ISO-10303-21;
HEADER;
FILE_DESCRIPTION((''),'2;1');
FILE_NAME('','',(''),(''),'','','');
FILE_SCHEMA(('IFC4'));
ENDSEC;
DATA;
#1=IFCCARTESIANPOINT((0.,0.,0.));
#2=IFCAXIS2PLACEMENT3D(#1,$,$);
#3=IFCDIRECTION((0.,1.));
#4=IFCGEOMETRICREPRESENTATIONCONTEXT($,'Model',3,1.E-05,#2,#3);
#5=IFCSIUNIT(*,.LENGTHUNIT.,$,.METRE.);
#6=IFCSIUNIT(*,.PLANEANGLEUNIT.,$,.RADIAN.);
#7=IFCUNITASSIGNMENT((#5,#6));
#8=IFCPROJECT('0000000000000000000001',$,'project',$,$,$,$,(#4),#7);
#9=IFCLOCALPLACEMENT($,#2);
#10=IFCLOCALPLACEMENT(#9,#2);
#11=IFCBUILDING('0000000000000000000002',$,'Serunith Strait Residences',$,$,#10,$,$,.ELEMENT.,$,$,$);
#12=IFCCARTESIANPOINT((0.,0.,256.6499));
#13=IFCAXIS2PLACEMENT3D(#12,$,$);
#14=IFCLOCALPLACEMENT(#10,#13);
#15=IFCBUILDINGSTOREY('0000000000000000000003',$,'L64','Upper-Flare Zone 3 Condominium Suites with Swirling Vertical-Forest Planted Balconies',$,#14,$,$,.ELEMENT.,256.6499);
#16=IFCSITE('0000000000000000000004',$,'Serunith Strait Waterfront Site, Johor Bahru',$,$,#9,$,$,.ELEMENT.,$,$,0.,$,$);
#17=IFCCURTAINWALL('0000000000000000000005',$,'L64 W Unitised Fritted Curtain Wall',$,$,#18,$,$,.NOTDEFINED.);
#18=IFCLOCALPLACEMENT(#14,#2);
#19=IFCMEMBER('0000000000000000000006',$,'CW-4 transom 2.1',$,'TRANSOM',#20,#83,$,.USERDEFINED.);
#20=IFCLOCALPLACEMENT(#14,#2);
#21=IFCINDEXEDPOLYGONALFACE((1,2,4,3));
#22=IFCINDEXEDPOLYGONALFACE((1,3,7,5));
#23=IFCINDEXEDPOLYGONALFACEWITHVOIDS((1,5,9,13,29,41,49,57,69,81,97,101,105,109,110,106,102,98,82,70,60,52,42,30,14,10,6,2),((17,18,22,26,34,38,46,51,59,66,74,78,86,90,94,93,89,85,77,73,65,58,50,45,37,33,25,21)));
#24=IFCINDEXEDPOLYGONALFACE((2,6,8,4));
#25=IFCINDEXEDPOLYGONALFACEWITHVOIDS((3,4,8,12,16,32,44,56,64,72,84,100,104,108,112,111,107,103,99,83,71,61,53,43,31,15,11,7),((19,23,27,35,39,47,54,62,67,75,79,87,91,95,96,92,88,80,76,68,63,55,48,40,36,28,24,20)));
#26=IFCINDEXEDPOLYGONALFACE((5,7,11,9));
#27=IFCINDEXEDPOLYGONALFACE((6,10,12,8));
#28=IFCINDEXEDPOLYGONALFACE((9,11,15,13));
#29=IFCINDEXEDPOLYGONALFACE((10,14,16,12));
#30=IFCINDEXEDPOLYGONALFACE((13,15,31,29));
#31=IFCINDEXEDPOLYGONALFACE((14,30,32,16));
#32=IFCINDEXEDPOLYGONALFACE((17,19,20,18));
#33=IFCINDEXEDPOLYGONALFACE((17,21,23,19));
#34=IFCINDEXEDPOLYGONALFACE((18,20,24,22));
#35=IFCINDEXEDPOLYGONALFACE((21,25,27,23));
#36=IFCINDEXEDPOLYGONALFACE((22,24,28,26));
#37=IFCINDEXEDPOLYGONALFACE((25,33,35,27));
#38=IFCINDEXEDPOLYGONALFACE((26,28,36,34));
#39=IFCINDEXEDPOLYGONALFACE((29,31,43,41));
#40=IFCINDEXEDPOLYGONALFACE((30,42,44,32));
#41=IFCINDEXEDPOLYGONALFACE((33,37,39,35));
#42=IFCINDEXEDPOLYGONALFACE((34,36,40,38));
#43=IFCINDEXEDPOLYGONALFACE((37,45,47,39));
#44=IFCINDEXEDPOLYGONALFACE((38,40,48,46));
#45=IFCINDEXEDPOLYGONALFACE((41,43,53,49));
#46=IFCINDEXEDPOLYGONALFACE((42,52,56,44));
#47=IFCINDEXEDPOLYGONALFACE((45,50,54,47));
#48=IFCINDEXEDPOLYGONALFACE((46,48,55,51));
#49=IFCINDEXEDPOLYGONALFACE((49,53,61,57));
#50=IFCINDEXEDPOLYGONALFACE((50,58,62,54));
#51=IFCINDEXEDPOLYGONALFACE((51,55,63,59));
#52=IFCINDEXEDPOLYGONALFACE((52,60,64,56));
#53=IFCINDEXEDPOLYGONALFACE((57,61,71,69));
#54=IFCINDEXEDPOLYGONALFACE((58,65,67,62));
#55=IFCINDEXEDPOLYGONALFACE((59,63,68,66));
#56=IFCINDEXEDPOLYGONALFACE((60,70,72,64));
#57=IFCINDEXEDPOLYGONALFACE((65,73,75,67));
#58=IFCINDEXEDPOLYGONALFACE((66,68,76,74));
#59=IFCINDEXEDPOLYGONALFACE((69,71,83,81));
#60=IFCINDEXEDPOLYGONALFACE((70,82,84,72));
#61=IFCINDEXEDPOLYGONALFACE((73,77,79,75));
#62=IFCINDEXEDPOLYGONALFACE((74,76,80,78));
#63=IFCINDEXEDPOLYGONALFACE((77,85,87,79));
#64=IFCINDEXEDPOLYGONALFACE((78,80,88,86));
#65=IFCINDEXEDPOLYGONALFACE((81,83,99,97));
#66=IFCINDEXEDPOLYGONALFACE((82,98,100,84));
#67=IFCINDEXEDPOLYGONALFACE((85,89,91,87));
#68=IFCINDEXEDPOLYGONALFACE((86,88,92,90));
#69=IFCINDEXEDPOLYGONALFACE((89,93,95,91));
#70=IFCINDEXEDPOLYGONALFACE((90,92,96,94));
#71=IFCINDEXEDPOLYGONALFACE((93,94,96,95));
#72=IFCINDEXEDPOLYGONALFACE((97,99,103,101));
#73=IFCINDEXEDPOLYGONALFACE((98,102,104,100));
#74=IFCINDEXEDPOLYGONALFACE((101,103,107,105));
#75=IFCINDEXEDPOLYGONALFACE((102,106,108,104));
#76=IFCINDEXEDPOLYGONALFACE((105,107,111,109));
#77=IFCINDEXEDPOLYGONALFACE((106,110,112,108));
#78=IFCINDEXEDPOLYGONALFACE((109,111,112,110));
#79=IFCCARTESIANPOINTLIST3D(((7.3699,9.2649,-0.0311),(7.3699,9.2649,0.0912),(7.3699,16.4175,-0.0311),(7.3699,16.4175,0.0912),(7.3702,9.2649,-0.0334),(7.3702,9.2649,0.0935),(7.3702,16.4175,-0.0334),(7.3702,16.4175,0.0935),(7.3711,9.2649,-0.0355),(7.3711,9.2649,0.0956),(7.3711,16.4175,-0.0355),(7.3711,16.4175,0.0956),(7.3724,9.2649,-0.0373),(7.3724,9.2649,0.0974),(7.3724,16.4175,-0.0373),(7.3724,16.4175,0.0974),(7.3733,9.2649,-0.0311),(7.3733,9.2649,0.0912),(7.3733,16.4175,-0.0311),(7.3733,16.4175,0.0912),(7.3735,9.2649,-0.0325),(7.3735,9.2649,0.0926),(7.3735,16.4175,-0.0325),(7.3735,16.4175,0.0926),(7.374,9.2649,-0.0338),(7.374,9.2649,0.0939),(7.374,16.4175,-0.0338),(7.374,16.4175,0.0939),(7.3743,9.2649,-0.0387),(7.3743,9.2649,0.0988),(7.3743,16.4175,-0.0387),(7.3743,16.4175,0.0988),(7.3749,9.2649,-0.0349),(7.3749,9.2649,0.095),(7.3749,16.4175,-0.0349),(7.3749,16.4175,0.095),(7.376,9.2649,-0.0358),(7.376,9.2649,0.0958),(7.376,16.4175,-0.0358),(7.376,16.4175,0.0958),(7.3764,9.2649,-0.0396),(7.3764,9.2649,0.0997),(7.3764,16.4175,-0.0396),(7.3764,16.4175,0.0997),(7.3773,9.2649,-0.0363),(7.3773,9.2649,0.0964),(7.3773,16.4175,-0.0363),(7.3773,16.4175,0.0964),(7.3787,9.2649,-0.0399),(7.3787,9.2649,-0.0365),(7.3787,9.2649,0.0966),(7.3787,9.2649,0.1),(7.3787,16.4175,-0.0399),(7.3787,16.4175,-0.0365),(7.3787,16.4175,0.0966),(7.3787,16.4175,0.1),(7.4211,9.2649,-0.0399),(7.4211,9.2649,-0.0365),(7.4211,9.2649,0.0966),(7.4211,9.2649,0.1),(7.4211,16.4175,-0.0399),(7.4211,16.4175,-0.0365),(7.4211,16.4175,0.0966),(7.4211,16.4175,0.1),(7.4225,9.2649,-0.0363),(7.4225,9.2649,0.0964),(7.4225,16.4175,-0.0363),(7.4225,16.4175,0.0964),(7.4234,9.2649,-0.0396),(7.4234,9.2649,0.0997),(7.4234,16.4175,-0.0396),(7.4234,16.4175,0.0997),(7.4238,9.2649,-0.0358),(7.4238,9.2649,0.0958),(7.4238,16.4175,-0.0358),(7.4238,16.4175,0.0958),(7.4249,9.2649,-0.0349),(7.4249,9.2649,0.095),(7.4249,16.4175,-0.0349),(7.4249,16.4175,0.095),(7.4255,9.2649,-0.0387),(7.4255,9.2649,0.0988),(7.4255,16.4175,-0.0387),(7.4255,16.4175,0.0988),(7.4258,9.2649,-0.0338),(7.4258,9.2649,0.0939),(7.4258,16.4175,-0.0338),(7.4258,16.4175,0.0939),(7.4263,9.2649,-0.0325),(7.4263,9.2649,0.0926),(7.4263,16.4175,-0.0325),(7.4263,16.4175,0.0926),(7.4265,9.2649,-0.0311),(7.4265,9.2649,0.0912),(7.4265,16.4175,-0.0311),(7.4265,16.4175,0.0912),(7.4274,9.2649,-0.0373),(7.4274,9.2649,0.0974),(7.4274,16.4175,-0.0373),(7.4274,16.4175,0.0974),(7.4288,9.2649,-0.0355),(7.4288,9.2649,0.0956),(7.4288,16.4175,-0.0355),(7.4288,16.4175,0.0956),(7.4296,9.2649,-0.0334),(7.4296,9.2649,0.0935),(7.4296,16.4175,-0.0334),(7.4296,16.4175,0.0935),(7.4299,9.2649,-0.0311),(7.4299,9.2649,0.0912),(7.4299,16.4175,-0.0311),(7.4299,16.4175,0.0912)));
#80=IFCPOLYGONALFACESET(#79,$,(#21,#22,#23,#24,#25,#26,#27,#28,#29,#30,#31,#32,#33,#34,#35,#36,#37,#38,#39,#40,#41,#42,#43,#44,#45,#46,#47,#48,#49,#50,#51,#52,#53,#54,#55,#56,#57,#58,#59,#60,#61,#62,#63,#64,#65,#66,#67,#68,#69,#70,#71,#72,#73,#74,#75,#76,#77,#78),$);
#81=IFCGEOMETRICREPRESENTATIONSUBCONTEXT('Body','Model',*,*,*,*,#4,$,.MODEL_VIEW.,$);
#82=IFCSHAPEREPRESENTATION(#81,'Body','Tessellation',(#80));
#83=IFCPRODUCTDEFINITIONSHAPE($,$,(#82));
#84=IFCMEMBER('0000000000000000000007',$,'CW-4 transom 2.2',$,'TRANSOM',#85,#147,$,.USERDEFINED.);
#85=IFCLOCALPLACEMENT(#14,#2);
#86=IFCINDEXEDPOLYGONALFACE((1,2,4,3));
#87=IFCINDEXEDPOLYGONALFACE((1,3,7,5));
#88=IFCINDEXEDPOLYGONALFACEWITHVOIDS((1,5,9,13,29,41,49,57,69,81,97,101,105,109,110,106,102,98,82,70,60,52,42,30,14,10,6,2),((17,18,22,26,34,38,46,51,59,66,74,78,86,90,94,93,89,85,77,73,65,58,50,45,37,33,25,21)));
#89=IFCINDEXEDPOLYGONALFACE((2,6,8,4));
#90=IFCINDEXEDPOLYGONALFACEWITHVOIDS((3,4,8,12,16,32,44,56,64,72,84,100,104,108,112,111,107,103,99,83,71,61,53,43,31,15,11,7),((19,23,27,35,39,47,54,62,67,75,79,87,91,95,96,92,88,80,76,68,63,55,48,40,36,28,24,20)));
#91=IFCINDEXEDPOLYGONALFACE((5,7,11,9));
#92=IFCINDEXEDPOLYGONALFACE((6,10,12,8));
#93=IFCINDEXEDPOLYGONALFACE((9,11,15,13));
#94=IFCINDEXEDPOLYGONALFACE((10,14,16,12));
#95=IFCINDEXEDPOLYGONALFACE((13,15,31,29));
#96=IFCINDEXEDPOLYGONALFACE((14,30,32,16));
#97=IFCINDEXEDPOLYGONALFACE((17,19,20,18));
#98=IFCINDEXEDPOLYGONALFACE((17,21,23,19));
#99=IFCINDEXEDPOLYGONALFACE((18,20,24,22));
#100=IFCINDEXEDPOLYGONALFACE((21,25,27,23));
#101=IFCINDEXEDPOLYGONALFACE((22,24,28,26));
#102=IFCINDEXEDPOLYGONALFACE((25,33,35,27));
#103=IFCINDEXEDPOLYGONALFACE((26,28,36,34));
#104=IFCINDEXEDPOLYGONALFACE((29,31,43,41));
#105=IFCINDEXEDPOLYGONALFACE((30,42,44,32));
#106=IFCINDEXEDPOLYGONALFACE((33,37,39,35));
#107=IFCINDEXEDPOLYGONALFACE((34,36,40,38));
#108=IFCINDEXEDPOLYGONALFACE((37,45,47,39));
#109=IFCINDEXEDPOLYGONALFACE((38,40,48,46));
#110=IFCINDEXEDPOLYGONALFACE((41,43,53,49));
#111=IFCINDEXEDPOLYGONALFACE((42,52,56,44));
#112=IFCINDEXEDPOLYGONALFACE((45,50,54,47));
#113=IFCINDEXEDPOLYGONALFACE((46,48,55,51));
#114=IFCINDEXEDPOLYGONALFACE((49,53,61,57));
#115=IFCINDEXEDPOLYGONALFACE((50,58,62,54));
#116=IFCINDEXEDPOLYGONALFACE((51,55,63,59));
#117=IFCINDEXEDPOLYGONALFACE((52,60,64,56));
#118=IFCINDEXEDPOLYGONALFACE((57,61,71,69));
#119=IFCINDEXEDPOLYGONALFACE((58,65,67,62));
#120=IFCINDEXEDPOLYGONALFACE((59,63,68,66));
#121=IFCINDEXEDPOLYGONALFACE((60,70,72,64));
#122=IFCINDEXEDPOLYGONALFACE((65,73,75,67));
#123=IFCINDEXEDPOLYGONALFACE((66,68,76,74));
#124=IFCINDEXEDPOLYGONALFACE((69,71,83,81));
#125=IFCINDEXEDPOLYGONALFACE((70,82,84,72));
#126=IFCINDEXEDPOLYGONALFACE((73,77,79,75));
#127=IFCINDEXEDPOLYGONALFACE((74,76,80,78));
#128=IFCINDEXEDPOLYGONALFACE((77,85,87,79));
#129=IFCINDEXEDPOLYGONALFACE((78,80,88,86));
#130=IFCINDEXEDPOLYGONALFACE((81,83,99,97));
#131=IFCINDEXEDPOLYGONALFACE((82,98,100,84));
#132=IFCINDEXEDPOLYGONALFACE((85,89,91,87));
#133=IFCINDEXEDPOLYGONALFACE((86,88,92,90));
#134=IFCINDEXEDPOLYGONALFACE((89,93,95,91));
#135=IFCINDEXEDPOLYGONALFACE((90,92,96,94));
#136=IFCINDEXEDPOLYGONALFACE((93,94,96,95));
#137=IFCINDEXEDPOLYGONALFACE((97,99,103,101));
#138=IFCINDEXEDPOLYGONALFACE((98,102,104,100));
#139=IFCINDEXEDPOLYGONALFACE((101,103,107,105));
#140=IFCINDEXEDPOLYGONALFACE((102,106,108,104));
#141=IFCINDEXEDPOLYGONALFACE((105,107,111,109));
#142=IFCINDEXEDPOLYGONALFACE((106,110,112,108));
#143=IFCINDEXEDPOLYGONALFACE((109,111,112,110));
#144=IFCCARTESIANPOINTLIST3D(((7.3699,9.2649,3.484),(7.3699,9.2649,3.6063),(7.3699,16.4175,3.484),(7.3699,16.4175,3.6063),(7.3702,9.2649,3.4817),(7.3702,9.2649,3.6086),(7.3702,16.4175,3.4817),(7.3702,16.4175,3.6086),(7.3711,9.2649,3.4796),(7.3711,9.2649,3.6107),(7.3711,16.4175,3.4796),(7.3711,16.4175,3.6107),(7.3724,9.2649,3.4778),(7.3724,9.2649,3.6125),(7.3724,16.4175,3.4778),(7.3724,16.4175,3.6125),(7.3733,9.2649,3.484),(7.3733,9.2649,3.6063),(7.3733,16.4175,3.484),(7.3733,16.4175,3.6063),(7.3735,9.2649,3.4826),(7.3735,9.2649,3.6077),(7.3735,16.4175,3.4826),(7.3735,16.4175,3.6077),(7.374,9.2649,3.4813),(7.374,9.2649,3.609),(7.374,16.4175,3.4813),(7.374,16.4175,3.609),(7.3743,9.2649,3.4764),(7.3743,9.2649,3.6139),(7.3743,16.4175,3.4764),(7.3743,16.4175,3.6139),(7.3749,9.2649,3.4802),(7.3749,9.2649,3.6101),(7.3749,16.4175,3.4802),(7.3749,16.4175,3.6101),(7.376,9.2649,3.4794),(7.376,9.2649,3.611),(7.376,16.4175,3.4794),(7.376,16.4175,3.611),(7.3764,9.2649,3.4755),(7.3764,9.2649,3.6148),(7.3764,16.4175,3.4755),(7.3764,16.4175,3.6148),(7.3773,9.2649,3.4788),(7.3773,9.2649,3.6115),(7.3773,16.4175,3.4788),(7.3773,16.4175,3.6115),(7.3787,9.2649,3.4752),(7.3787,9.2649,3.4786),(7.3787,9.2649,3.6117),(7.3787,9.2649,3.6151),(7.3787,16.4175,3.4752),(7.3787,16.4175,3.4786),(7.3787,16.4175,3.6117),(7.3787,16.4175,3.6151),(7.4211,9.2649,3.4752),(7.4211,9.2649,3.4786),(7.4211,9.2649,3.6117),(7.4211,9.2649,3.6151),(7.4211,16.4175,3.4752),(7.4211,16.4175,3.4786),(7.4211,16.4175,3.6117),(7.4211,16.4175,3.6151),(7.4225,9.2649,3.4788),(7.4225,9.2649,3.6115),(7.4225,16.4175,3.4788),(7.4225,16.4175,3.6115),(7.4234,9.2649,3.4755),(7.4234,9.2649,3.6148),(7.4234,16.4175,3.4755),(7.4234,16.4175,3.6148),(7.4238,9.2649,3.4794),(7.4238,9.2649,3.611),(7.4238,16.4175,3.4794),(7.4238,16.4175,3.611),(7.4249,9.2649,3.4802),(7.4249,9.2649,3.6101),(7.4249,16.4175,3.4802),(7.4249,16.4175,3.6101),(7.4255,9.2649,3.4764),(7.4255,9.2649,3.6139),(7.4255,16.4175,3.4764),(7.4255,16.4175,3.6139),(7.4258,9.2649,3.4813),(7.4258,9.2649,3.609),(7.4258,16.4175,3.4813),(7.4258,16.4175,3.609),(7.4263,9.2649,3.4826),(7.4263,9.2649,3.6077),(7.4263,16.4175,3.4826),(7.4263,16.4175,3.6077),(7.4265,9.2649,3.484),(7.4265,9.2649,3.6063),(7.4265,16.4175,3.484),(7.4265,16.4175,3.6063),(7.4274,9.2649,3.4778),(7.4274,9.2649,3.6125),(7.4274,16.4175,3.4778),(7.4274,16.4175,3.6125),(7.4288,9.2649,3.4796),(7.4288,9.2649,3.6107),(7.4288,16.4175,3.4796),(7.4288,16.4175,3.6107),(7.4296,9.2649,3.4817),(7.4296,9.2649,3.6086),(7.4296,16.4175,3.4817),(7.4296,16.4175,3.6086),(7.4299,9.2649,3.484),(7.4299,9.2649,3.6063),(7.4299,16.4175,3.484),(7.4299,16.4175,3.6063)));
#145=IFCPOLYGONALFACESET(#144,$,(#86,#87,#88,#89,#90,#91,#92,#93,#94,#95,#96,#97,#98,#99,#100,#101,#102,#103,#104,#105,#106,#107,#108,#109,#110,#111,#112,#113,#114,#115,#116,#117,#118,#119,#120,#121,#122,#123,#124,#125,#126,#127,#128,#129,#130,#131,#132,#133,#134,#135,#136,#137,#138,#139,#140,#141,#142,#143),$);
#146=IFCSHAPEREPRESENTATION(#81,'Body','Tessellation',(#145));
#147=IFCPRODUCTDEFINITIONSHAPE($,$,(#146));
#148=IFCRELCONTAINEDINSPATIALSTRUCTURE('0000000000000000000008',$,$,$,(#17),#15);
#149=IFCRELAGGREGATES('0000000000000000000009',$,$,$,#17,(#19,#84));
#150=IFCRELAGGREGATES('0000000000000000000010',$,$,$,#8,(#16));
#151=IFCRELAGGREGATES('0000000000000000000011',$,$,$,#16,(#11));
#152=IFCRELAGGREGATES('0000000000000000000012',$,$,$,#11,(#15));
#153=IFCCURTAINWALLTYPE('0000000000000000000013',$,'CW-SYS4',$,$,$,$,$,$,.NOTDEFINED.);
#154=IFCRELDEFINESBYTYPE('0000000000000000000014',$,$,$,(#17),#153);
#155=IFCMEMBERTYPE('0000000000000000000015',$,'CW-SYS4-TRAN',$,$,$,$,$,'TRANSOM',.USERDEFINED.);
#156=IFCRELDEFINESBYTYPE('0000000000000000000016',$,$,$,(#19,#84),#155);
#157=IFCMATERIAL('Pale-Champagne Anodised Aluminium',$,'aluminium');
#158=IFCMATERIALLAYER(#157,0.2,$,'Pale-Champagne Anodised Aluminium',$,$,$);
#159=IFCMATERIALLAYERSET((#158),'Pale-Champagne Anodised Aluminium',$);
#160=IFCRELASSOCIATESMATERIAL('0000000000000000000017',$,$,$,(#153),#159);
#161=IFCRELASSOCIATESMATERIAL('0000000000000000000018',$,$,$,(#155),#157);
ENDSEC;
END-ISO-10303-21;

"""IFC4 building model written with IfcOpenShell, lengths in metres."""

from ifc_helpers import new_model, si_unit, direction, frame, origin, origin_2d, place, context, subcontext, project, spatial, hollow_rectangle, extrude, source, transform, mapped, material, layer, layer_set, material_profile, profile_set, type_object, element, aggregate, save


model = new_model("IFC4")

# Units and contexts
model_context = context("Model", 3, precision=1e-05, world=origin(), true_north=direction((0.0, 1.0)))
body_context = subcontext(model_context, "Body", "Model", "MODEL_VIEW")
ifc_project = project(units=[si_unit("LENGTHUNIT", "METRE"), si_unit("PLANEANGLEUNIT", "RADIAN")], contexts=[model_context])

# Site, building, storey
site_placement = place(None, origin())
site = spatial("IfcSite", under=ifc_project, at=site_placement, Name="Serunith Strait Waterfront Site, Johor Bahru", CompositionType="ELEMENT", RefElevation=0.0)
building_placement = place(site_placement, origin())
building = spatial("IfcBuilding", under=site, at=building_placement, Name="Serunith Strait Residences", CompositionType="ELEMENT")
storey_placement = place(building_placement, frame((0.0, 0.0, 256.6499)))
storey = spatial("IfcBuildingStorey", under=building, at=storey_placement, Name="L64", Description="Upper-Flare Zone 3 Condominium Suites with Swirling Vertical-Forest Planted Balconies", CompositionType="ELEMENT", Elevation=256.6499)

# Curtain wall, members
ifc_material_1 = material(Name="Pale-Champagne Anodised Aluminium", Category="aluminium")
ifc_layer_1 = layer(ifc_material_1, 0.2, Name="Pale-Champagne Anodised Aluminium")
ifc_layer_set_1 = layer_set([ifc_layer_1], Name="Pale-Champagne Anodised Aluminium")
curtain_wall_type = type_object("IfcCurtainWallType", Name="CW-SYS4", PredefinedType="NOTDEFINED", material=ifc_layer_set_1)
curtain_wall_placement = place(storey_placement, origin())
curtain_wall = element("IfcCurtainWall", 1, at=curtain_wall_placement, inside=storey, type_object=curtain_wall_type, Name="L64 W Unitised Fritted Curtain Wall", PredefinedType="NOTDEFINED")
ifc_material_profile_1 = material_profile(ifc_material_1, hollow_rectangle(XDim=0.0601, YDim=0.1399, WallThickness=0.0034, InnerFilletRadius=0.0054, OuterFilletRadius=0.0088, at=origin_2d()), Name="ALU 140x60x3.5")
ifc_profile_set_1 = profile_set([ifc_material_profile_1], Name="Pale-Champagne Anodised Aluminium")
member_type_1 = type_object("IfcMemberType", Name="CW-SYS4-TRAN", ElementType="TRANSOM", PredefinedType="USERDEFINED", material=ifc_profile_set_1)
shared_shape_1 = source(origin(), body_context, "Body", "SweptSolid", [
    extrude(hollow_rectangle(XDim=0.0601, YDim=0.1399, WallThickness=0.0034, InnerFilletRadius=0.0054, OuterFilletRadius=0.0088, at=origin_2d()), origin(), (0.0, 0.0, 1.0), 7.1526),
])
member_1_placement = place(storey_placement, frame((7.3999, 16.4175, 0.03), z_axis=(0.0, -1.0, 0.0), x_axis=(1.0, 0.0, 0.0)))
member_1 = element("IfcMember", 2, at=member_1_placement, type_object=member_type_1, Name="CW-4 transom 2.1", ObjectType="TRANSOM", PredefinedType="USERDEFINED", context=body_context, shape_type="MappedRepresentation", body=[
    mapped(shared_shape_1, transform((0.0, 0.0, 0.0), scale=1.0)),
])
member_2_placement = place(storey_placement, frame((7.3999, 16.4175, 3.5452), z_axis=(0.0, -1.0, 0.0), x_axis=(1.0, 0.0, 0.0)))
member_2 = element("IfcMember", 3, at=member_2_placement, type_object=member_type_1, Name="CW-4 transom 2.2", ObjectType="TRANSOM", PredefinedType="USERDEFINED", context=body_context, shape_type="MappedRepresentation", body=[
    mapped(shared_shape_1, transform((0.0, 0.0, 0.0), scale=1.0)),
])
aggregate(curtain_wall, [member_1, member_2])

save(model, "model.ifc")
